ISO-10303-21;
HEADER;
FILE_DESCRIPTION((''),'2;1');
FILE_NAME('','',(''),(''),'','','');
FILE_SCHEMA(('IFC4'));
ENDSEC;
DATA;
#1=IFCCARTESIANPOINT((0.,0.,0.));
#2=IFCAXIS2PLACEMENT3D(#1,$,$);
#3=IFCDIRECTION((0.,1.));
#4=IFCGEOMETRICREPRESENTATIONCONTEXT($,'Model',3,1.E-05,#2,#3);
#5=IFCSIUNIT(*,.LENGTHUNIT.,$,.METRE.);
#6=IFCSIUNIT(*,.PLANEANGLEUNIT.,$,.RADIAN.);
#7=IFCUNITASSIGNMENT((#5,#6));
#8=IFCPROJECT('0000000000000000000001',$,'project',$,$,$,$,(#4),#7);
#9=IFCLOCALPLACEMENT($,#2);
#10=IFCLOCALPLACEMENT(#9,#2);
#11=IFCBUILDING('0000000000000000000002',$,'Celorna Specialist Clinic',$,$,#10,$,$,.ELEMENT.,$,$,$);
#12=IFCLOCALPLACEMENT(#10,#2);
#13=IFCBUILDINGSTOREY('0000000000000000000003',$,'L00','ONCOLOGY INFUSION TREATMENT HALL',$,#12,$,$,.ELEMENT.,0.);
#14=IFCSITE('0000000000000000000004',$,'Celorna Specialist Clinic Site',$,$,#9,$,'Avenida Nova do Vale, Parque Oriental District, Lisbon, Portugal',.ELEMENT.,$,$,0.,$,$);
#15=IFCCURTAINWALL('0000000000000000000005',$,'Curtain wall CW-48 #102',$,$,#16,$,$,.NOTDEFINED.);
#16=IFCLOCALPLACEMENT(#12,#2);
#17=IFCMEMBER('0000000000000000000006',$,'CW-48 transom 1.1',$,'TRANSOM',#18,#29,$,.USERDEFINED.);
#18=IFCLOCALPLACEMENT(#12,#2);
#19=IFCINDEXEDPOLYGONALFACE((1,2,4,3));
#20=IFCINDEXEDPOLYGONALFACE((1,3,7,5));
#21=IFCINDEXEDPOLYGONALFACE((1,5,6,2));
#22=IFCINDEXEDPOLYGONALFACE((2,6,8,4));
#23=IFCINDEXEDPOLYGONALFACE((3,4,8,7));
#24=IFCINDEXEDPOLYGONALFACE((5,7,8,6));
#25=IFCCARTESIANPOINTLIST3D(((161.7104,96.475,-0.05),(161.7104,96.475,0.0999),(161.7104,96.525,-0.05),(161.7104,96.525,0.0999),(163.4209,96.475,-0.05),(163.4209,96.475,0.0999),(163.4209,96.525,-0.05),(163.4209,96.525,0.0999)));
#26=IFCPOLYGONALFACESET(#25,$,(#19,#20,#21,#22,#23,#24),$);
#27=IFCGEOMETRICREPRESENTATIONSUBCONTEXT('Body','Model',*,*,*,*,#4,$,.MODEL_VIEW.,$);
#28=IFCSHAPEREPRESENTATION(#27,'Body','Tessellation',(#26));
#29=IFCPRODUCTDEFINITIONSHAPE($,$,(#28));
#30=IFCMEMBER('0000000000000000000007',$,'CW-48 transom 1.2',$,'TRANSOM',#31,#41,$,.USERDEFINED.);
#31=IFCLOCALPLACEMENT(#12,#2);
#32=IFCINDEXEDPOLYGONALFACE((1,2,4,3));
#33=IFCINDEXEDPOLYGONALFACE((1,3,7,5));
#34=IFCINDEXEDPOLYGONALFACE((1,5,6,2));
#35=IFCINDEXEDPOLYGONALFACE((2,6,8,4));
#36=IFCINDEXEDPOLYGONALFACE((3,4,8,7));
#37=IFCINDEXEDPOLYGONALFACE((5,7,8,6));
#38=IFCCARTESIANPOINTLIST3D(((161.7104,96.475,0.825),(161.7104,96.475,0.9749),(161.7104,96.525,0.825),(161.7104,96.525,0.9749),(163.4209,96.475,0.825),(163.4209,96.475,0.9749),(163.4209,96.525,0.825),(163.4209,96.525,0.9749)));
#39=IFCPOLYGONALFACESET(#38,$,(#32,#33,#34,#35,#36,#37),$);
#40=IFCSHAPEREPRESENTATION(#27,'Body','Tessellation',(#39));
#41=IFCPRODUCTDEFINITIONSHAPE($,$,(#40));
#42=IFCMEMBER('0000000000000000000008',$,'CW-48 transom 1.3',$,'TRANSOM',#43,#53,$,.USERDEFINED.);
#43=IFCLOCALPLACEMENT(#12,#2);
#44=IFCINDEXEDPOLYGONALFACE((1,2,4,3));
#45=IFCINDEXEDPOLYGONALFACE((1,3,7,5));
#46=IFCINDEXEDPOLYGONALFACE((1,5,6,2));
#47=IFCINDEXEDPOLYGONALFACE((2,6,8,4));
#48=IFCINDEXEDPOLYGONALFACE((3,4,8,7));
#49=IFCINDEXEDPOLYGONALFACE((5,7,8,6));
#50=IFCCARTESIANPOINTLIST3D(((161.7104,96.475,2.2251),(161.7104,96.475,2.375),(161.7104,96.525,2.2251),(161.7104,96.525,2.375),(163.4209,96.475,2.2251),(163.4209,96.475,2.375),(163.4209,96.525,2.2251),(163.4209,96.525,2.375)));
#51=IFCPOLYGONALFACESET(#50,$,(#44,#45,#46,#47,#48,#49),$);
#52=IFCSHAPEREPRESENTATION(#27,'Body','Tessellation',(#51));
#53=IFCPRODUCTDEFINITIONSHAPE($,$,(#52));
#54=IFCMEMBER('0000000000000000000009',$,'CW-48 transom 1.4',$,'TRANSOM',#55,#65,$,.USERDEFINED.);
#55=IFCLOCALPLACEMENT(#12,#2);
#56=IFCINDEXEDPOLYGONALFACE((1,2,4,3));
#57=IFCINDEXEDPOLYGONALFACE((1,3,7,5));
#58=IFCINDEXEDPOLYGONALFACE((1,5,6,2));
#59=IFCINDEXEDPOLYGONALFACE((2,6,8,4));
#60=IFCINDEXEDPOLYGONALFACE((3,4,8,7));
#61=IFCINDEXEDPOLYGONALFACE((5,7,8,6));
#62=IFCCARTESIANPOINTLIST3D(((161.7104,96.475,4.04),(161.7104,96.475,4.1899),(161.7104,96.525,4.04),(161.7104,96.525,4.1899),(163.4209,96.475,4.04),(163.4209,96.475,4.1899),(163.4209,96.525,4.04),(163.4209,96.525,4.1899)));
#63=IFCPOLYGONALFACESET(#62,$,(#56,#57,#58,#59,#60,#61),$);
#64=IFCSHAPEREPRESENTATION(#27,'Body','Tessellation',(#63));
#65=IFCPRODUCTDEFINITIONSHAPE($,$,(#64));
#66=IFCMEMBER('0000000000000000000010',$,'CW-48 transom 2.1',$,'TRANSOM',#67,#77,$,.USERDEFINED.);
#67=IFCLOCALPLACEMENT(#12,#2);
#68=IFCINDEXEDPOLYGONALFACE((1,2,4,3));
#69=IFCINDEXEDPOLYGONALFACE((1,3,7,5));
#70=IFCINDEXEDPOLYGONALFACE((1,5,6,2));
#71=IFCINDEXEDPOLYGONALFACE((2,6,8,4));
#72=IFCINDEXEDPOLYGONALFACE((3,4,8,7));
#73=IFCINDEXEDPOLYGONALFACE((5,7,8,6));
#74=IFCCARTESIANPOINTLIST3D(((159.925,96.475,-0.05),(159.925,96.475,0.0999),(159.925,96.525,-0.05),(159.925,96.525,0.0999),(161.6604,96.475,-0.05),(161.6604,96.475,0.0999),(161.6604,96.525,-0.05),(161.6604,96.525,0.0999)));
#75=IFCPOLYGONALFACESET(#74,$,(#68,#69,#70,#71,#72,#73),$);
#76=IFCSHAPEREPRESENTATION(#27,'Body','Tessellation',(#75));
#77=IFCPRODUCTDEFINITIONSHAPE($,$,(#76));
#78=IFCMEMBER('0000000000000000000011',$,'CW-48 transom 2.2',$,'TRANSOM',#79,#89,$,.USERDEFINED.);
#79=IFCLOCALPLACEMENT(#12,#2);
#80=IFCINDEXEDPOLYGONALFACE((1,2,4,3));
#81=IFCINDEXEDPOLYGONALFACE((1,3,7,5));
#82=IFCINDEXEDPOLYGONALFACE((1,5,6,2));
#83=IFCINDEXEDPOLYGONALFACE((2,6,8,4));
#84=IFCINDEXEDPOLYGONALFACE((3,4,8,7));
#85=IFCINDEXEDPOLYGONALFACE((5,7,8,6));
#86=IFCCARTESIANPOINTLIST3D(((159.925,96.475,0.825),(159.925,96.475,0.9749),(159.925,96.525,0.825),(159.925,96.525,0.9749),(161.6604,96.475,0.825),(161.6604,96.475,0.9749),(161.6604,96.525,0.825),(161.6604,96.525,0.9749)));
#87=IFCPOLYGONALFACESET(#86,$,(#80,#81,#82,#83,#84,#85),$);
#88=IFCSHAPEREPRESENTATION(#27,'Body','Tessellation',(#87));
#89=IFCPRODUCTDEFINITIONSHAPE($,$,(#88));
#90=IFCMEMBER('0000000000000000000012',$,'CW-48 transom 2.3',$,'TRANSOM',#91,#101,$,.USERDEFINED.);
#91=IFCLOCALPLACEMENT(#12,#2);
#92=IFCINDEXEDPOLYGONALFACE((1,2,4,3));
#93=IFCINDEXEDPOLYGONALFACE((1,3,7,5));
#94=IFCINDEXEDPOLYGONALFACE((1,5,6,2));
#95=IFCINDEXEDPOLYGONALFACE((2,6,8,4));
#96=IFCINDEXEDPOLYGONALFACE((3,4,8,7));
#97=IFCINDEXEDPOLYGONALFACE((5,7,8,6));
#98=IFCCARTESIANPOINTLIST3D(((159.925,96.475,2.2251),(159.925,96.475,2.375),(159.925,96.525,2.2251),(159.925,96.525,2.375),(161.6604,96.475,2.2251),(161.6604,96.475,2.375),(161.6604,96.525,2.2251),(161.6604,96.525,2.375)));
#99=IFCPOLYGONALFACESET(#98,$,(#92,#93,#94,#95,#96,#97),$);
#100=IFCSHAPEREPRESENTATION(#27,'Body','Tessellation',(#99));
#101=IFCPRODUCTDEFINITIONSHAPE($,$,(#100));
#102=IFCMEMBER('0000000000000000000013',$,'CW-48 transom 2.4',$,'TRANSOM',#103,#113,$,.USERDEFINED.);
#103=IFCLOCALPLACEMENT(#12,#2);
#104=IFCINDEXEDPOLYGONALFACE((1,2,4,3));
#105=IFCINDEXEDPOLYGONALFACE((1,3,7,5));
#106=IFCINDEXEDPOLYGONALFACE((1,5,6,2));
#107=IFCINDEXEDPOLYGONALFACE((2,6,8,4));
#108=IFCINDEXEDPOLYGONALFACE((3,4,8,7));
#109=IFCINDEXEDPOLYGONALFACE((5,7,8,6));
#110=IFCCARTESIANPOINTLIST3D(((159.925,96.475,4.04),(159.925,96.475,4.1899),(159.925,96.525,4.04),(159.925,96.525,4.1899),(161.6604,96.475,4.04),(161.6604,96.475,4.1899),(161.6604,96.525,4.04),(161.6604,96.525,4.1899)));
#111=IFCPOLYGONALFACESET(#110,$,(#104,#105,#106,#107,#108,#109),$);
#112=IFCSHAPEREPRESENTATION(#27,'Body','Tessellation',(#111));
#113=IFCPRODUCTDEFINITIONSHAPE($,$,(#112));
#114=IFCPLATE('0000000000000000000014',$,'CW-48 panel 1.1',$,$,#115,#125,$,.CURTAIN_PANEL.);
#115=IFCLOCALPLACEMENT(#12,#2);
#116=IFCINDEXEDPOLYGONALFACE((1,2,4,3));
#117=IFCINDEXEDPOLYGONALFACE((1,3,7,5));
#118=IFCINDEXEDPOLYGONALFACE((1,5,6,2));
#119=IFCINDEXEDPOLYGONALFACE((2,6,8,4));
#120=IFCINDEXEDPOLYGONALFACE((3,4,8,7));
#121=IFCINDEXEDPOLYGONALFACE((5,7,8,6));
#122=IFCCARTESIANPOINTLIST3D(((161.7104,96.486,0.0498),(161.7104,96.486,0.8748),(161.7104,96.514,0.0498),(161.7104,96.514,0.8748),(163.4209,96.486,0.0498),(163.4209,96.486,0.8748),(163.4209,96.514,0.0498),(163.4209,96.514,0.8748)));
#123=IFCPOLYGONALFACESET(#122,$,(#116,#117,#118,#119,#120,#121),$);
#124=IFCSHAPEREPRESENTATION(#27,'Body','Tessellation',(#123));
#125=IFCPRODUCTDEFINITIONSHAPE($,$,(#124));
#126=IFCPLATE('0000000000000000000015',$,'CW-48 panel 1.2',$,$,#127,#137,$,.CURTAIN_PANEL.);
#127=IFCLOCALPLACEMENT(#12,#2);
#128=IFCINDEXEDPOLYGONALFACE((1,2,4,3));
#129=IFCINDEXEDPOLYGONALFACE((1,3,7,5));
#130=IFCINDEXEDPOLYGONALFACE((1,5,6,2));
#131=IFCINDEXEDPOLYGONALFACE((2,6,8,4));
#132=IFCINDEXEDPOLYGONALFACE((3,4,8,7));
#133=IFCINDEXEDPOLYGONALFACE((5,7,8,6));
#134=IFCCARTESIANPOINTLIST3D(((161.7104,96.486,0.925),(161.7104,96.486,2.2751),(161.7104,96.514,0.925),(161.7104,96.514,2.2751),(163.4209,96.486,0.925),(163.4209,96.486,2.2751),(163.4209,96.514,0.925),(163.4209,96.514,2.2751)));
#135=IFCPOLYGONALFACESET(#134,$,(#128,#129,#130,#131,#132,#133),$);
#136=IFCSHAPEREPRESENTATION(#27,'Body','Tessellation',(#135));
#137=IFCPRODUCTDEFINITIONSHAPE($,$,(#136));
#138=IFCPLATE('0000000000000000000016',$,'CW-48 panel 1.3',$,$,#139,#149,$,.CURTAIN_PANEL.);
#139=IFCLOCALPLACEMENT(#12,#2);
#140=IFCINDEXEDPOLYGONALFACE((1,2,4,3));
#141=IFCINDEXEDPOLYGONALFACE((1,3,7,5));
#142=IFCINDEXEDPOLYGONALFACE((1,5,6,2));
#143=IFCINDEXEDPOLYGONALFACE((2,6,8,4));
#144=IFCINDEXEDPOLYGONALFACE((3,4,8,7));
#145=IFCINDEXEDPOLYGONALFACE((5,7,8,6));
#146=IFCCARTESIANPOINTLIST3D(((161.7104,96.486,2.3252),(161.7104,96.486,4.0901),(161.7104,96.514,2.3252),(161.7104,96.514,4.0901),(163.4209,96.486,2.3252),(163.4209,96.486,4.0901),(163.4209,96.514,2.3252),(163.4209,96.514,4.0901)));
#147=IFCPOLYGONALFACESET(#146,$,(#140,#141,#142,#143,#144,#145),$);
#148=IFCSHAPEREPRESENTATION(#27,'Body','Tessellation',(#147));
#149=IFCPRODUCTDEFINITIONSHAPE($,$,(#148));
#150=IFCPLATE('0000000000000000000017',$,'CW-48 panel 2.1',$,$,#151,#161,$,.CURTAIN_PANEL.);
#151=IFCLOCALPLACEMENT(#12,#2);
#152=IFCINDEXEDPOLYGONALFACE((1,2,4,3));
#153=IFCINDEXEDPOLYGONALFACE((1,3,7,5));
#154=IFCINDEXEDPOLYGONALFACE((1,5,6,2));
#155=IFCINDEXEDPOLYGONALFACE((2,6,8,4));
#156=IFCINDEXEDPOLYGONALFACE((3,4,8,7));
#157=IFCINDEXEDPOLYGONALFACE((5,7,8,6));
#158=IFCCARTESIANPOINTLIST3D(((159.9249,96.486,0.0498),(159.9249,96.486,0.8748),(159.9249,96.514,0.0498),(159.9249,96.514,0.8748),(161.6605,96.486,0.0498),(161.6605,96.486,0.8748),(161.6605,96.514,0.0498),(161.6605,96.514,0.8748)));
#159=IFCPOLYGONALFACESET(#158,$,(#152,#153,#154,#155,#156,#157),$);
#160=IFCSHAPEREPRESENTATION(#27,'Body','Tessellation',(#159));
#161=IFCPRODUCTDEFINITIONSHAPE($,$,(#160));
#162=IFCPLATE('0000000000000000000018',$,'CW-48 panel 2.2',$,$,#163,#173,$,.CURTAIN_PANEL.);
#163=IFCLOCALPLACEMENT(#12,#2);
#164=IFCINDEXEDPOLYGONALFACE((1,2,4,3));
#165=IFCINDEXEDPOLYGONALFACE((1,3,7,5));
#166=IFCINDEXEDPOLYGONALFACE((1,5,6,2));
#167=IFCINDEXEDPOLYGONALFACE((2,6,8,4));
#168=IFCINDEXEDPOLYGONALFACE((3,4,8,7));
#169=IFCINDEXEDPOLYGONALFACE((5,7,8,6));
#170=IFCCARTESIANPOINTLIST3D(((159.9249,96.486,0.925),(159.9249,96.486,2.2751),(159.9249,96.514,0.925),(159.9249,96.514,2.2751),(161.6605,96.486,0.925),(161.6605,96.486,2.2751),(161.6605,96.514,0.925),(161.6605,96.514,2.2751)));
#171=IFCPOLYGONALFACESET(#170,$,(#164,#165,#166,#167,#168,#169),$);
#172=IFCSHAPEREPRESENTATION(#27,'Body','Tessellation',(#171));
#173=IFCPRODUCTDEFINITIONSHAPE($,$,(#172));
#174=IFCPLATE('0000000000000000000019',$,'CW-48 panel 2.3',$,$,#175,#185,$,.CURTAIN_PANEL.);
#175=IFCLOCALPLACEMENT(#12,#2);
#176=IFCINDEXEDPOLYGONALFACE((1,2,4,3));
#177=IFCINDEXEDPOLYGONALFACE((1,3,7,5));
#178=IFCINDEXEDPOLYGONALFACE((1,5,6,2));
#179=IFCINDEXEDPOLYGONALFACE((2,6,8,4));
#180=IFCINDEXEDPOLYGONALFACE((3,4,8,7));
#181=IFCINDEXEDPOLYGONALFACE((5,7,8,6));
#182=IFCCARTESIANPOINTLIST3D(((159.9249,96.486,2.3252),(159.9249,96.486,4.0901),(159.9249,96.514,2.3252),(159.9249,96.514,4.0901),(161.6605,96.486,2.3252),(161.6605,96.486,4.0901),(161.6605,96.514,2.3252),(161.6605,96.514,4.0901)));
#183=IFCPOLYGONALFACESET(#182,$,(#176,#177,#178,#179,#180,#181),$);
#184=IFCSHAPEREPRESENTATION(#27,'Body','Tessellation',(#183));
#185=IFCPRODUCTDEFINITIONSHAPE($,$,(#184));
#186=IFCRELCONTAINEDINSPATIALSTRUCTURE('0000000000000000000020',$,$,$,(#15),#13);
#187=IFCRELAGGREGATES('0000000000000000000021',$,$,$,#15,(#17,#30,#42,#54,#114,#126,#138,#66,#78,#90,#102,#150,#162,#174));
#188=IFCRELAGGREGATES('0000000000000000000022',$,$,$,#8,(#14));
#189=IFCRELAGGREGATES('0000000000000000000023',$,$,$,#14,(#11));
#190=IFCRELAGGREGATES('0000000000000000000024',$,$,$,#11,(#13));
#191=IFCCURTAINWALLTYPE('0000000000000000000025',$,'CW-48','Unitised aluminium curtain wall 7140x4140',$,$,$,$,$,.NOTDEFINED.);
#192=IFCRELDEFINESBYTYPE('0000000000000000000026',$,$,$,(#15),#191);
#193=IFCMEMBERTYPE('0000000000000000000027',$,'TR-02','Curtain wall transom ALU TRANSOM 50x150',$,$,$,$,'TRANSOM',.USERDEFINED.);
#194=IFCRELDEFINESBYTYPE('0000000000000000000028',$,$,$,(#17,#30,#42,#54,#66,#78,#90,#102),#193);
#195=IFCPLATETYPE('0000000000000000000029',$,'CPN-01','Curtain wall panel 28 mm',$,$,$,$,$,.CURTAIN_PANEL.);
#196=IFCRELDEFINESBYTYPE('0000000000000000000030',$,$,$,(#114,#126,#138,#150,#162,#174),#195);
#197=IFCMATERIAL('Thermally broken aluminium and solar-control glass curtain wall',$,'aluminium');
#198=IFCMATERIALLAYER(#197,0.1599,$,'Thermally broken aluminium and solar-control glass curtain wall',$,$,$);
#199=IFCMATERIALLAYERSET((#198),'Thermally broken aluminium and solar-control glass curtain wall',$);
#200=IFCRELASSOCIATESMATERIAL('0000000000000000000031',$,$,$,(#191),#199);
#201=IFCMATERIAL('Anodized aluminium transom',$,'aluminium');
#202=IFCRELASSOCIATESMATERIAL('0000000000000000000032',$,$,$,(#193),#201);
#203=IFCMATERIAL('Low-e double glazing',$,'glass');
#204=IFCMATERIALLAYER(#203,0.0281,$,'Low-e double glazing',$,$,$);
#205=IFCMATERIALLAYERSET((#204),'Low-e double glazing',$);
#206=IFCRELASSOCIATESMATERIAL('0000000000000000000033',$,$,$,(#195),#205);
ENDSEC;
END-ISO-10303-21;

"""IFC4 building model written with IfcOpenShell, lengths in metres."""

from ifc_helpers import new_model, si_unit, direction, frame, origin, origin_2d, place, context, subcontext, project, spatial, rectangle, extrude, material, layer, layer_set, material_profile, profile_set, type_object, element, aggregate, save


model = new_model("IFC4")

# Units and contexts
model_context = context("Model", 3, precision=1e-05, world=origin(), true_north=direction((0.0, 1.0)))
body_context = subcontext(model_context, "Body", "Model", "MODEL_VIEW")
ifc_project = project(units=[si_unit("LENGTHUNIT", "METRE"), si_unit("PLANEANGLEUNIT", "RADIAN")], contexts=[model_context])

# Site, building, storey
site_placement = place(None, origin())
site = spatial("IfcSite", under=ifc_project, at=site_placement, Name="Celorna Specialist Clinic Site", LongName="Avenida Nova do Vale, Parque Oriental District, Lisbon, Portugal", CompositionType="ELEMENT", RefElevation=0.0)
building_placement = place(site_placement, origin())
building = spatial("IfcBuilding", under=site, at=building_placement, Name="Celorna Specialist Clinic", CompositionType="ELEMENT")
storey_placement = place(building_placement, origin())
storey = spatial("IfcBuildingStorey", under=building, at=storey_placement, Name="L00", Description="ONCOLOGY INFUSION TREATMENT HALL", CompositionType="ELEMENT", Elevation=0.0)

# Curtain wall
ifc_material_1 = material(Name="Thermally broken aluminium and solar-control glass curtain wall", Category="aluminium")
ifc_layer_1 = layer(ifc_material_1, 0.1599, Name="Thermally broken aluminium and solar-control glass curtain wall")
ifc_layer_set_1 = layer_set([ifc_layer_1], Name="Thermally broken aluminium and solar-control glass curtain wall")
curtain_wall_type_1 = type_object("IfcCurtainWallType", Name="CW-48", Description="Unitised aluminium curtain wall 7140x4140", PredefinedType="NOTDEFINED", material=ifc_layer_set_1)
curtain_wall_1_placement = place(storey_placement, origin())
curtain_wall_1 = element("IfcCurtainWall", 1, at=curtain_wall_1_placement, inside=storey, type_object=curtain_wall_type_1, Name="Curtain wall CW-48 #102", PredefinedType="NOTDEFINED")
ifc_material_2 = material(Name="Anodized aluminium transom", Category="aluminium")

# Members
ifc_material_profile_1 = material_profile(ifc_material_2, rectangle(XDim=0.05, YDim=0.1499, at=origin_2d()), Name="ALU TRANSOM 50x150")
ifc_profile_set_1 = profile_set([ifc_material_profile_1], Name="Anodized aluminium transom")
member_type_1 = type_object("IfcMemberType", Name="TR-02", Description="Curtain wall transom ALU TRANSOM 50x150", ElementType="TRANSOM", PredefinedType="USERDEFINED", material=ifc_profile_set_1)
member_1_placement = place(storey_placement, frame((163.4209, 96.5, 0.0249), z_axis=(-1.0, 0.0, 0.0), x_axis=(0.0, -1.0, 0.0)))
member_1 = element("IfcMember", 2, at=member_1_placement, type_object=member_type_1, Name="CW-48 transom 1.1", ObjectType="TRANSOM", PredefinedType="USERDEFINED", context=body_context, shape_type="SweptSolid", body=[
    extrude(rectangle(XDim=0.05, YDim=0.1499, at=origin_2d()), origin(), (0.0, 0.0, 1.0), 1.7104),
])
member_2_placement = place(storey_placement, frame((163.4209, 96.5, 0.8999), z_axis=(-1.0, 0.0, 0.0), x_axis=(0.0, -1.0, 0.0)))
member_2 = element("IfcMember", 3, at=member_2_placement, type_object=member_type_1, Name="CW-48 transom 1.2", ObjectType="TRANSOM", PredefinedType="USERDEFINED", context=body_context, shape_type="SweptSolid", body=[
    extrude(rectangle(XDim=0.05, YDim=0.1499, at=origin_2d()), origin(), (0.0, 0.0, 1.0), 1.7104),
])
member_3_placement = place(storey_placement, frame((163.4209, 96.5, 2.3), z_axis=(-1.0, 0.0, 0.0), x_axis=(0.0, -1.0, 0.0)))
member_3 = element("IfcMember", 4, at=member_3_placement, type_object=member_type_1, Name="CW-48 transom 1.3", ObjectType="TRANSOM", PredefinedType="USERDEFINED", context=body_context, shape_type="SweptSolid", body=[
    extrude(rectangle(XDim=0.05, YDim=0.1499, at=origin_2d()), origin(), (0.0, 0.0, 1.0), 1.7104),
])
member_4_placement = place(storey_placement, frame((163.4209, 96.5, 4.115), z_axis=(-1.0, 0.0, 0.0), x_axis=(0.0, -1.0, 0.0)))
member_4 = element("IfcMember", 5, at=member_4_placement, type_object=member_type_1, Name="CW-48 transom 1.4", ObjectType="TRANSOM", PredefinedType="USERDEFINED", context=body_context, shape_type="SweptSolid", body=[
    extrude(rectangle(XDim=0.05, YDim=0.1499, at=origin_2d()), origin(), (0.0, 0.0, 1.0), 1.7104),
])
member_5_placement = place(storey_placement, frame((161.6604, 96.5, 0.0249), z_axis=(-1.0, 0.0, 0.0), x_axis=(0.0, -1.0, 0.0)))
member_5 = element("IfcMember", 6, at=member_5_placement, type_object=member_type_1, Name="CW-48 transom 2.1", ObjectType="TRANSOM", PredefinedType="USERDEFINED", context=body_context, shape_type="SweptSolid", body=[
    extrude(rectangle(XDim=0.05, YDim=0.1499, at=origin_2d()), origin(), (0.0, 0.0, 1.0), 1.7354),
])
member_6_placement = place(storey_placement, frame((161.6604, 96.5, 0.8999), z_axis=(-1.0, 0.0, 0.0), x_axis=(0.0, -1.0, 0.0)))
member_6 = element("IfcMember", 7, at=member_6_placement, type_object=member_type_1, Name="CW-48 transom 2.2", ObjectType="TRANSOM", PredefinedType="USERDEFINED", context=body_context, shape_type="SweptSolid", body=[
    extrude(rectangle(XDim=0.05, YDim=0.1499, at=origin_2d()), origin(), (0.0, 0.0, 1.0), 1.7354),
])
member_7_placement = place(storey_placement, frame((161.6604, 96.5, 2.3), z_axis=(-1.0, 0.0, 0.0), x_axis=(0.0, -1.0, 0.0)))
member_7 = element("IfcMember", 8, at=member_7_placement, type_object=member_type_1, Name="CW-48 transom 2.3", ObjectType="TRANSOM", PredefinedType="USERDEFINED", context=body_context, shape_type="SweptSolid", body=[
    extrude(rectangle(XDim=0.05, YDim=0.1499, at=origin_2d()), origin(), (0.0, 0.0, 1.0), 1.7354),
])
member_8_placement = place(storey_placement, frame((161.6604, 96.5, 4.115), z_axis=(-1.0, 0.0, 0.0), x_axis=(0.0, -1.0, 0.0)))
member_8 = element("IfcMember", 9, at=member_8_placement, type_object=member_type_1, Name="CW-48 transom 2.4", ObjectType="TRANSOM", PredefinedType="USERDEFINED", context=body_context, shape_type="SweptSolid", body=[
    extrude(rectangle(XDim=0.05, YDim=0.1499, at=origin_2d()), origin(), (0.0, 0.0, 1.0), 1.7354),
])

# Plates
ifc_material_3 = material(Name="Low-e double glazing", Category="glass")
ifc_layer_2 = layer(ifc_material_3, 0.0281, Name="Low-e double glazing")
ifc_layer_set_2 = layer_set([ifc_layer_2], Name="Low-e double glazing")
plate_type_1 = type_object("IfcPlateType", Name="CPN-01", Description="Curtain wall panel 28 mm", PredefinedType="CURTAIN_PANEL", material=ifc_layer_set_2)
plate_1_placement = place(storey_placement, frame((162.5657, 96.5, 0.0498), z_axis=(0.0, 0.0, 1.0), x_axis=(-1.0, 0.0, 0.0)))
plate_1 = element("IfcPlate", 10, at=plate_1_placement, type_object=plate_type_1, Name="CW-48 panel 1.1", PredefinedType="CURTAIN_PANEL", context=body_context, shape_type="SweptSolid", body=[
    extrude(rectangle(XDim=1.7104, YDim=0.0281, at=origin_2d()), origin(), (0.0, 0.0, 1.0), 0.825),
])
plate_2_placement = place(storey_placement, frame((162.5657, 96.5, 0.925), z_axis=(0.0, 0.0, 1.0), x_axis=(-1.0, 0.0, 0.0)))
plate_2 = element("IfcPlate", 11, at=plate_2_placement, type_object=plate_type_1, Name="CW-48 panel 1.2", PredefinedType="CURTAIN_PANEL", context=body_context, shape_type="SweptSolid", body=[
    extrude(rectangle(XDim=1.7104, YDim=0.0281, at=origin_2d()), origin(), (0.0, 0.0, 1.0), 1.3501),
])
plate_3_placement = place(storey_placement, frame((162.5657, 96.5, 2.3252), z_axis=(0.0, 0.0, 1.0), x_axis=(-1.0, 0.0, 0.0)))
plate_3 = element("IfcPlate", 12, at=plate_3_placement, type_object=plate_type_1, Name="CW-48 panel 1.3", PredefinedType="CURTAIN_PANEL", context=body_context, shape_type="SweptSolid", body=[
    extrude(rectangle(XDim=1.7104, YDim=0.0281, at=origin_2d()), origin(), (0.0, 0.0, 1.0), 1.7649),
])
plate_4_placement = place(storey_placement, frame((160.7927, 96.5, 0.0498), z_axis=(0.0, 0.0, 1.0), x_axis=(-1.0, 0.0, 0.0)))
plate_4 = element("IfcPlate", 13, at=plate_4_placement, type_object=plate_type_1, Name="CW-48 panel 2.1", PredefinedType="CURTAIN_PANEL", context=body_context, shape_type="SweptSolid", body=[
    extrude(rectangle(XDim=1.7356, YDim=0.0281, at=origin_2d()), origin(), (0.0, 0.0, 1.0), 0.825),
])
plate_5_placement = place(storey_placement, frame((160.7927, 96.5, 0.925), z_axis=(0.0, 0.0, 1.0), x_axis=(-1.0, 0.0, 0.0)))
plate_5 = element("IfcPlate", 14, at=plate_5_placement, type_object=plate_type_1, Name="CW-48 panel 2.2", PredefinedType="CURTAIN_PANEL", context=body_context, shape_type="SweptSolid", body=[
    extrude(rectangle(XDim=1.7356, YDim=0.0281, at=origin_2d()), origin(), (0.0, 0.0, 1.0), 1.3501),
])
plate_6_placement = place(storey_placement, frame((160.7927, 96.5, 2.3252), z_axis=(0.0, 0.0, 1.0), x_axis=(-1.0, 0.0, 0.0)))
plate_6 = element("IfcPlate", 15, at=plate_6_placement, type_object=plate_type_1, Name="CW-48 panel 2.3", PredefinedType="CURTAIN_PANEL", context=body_context, shape_type="SweptSolid", body=[
    extrude(rectangle(XDim=1.7356, YDim=0.0281, at=origin_2d()), origin(), (0.0, 0.0, 1.0), 1.7649),
])
aggregate(curtain_wall_1, [member_1, member_2, member_3, member_4, plate_1, plate_2, plate_3, member_5, member_6, member_7, member_8, plate_4, plate_5, plate_6])

save(model, "model.ifc")
